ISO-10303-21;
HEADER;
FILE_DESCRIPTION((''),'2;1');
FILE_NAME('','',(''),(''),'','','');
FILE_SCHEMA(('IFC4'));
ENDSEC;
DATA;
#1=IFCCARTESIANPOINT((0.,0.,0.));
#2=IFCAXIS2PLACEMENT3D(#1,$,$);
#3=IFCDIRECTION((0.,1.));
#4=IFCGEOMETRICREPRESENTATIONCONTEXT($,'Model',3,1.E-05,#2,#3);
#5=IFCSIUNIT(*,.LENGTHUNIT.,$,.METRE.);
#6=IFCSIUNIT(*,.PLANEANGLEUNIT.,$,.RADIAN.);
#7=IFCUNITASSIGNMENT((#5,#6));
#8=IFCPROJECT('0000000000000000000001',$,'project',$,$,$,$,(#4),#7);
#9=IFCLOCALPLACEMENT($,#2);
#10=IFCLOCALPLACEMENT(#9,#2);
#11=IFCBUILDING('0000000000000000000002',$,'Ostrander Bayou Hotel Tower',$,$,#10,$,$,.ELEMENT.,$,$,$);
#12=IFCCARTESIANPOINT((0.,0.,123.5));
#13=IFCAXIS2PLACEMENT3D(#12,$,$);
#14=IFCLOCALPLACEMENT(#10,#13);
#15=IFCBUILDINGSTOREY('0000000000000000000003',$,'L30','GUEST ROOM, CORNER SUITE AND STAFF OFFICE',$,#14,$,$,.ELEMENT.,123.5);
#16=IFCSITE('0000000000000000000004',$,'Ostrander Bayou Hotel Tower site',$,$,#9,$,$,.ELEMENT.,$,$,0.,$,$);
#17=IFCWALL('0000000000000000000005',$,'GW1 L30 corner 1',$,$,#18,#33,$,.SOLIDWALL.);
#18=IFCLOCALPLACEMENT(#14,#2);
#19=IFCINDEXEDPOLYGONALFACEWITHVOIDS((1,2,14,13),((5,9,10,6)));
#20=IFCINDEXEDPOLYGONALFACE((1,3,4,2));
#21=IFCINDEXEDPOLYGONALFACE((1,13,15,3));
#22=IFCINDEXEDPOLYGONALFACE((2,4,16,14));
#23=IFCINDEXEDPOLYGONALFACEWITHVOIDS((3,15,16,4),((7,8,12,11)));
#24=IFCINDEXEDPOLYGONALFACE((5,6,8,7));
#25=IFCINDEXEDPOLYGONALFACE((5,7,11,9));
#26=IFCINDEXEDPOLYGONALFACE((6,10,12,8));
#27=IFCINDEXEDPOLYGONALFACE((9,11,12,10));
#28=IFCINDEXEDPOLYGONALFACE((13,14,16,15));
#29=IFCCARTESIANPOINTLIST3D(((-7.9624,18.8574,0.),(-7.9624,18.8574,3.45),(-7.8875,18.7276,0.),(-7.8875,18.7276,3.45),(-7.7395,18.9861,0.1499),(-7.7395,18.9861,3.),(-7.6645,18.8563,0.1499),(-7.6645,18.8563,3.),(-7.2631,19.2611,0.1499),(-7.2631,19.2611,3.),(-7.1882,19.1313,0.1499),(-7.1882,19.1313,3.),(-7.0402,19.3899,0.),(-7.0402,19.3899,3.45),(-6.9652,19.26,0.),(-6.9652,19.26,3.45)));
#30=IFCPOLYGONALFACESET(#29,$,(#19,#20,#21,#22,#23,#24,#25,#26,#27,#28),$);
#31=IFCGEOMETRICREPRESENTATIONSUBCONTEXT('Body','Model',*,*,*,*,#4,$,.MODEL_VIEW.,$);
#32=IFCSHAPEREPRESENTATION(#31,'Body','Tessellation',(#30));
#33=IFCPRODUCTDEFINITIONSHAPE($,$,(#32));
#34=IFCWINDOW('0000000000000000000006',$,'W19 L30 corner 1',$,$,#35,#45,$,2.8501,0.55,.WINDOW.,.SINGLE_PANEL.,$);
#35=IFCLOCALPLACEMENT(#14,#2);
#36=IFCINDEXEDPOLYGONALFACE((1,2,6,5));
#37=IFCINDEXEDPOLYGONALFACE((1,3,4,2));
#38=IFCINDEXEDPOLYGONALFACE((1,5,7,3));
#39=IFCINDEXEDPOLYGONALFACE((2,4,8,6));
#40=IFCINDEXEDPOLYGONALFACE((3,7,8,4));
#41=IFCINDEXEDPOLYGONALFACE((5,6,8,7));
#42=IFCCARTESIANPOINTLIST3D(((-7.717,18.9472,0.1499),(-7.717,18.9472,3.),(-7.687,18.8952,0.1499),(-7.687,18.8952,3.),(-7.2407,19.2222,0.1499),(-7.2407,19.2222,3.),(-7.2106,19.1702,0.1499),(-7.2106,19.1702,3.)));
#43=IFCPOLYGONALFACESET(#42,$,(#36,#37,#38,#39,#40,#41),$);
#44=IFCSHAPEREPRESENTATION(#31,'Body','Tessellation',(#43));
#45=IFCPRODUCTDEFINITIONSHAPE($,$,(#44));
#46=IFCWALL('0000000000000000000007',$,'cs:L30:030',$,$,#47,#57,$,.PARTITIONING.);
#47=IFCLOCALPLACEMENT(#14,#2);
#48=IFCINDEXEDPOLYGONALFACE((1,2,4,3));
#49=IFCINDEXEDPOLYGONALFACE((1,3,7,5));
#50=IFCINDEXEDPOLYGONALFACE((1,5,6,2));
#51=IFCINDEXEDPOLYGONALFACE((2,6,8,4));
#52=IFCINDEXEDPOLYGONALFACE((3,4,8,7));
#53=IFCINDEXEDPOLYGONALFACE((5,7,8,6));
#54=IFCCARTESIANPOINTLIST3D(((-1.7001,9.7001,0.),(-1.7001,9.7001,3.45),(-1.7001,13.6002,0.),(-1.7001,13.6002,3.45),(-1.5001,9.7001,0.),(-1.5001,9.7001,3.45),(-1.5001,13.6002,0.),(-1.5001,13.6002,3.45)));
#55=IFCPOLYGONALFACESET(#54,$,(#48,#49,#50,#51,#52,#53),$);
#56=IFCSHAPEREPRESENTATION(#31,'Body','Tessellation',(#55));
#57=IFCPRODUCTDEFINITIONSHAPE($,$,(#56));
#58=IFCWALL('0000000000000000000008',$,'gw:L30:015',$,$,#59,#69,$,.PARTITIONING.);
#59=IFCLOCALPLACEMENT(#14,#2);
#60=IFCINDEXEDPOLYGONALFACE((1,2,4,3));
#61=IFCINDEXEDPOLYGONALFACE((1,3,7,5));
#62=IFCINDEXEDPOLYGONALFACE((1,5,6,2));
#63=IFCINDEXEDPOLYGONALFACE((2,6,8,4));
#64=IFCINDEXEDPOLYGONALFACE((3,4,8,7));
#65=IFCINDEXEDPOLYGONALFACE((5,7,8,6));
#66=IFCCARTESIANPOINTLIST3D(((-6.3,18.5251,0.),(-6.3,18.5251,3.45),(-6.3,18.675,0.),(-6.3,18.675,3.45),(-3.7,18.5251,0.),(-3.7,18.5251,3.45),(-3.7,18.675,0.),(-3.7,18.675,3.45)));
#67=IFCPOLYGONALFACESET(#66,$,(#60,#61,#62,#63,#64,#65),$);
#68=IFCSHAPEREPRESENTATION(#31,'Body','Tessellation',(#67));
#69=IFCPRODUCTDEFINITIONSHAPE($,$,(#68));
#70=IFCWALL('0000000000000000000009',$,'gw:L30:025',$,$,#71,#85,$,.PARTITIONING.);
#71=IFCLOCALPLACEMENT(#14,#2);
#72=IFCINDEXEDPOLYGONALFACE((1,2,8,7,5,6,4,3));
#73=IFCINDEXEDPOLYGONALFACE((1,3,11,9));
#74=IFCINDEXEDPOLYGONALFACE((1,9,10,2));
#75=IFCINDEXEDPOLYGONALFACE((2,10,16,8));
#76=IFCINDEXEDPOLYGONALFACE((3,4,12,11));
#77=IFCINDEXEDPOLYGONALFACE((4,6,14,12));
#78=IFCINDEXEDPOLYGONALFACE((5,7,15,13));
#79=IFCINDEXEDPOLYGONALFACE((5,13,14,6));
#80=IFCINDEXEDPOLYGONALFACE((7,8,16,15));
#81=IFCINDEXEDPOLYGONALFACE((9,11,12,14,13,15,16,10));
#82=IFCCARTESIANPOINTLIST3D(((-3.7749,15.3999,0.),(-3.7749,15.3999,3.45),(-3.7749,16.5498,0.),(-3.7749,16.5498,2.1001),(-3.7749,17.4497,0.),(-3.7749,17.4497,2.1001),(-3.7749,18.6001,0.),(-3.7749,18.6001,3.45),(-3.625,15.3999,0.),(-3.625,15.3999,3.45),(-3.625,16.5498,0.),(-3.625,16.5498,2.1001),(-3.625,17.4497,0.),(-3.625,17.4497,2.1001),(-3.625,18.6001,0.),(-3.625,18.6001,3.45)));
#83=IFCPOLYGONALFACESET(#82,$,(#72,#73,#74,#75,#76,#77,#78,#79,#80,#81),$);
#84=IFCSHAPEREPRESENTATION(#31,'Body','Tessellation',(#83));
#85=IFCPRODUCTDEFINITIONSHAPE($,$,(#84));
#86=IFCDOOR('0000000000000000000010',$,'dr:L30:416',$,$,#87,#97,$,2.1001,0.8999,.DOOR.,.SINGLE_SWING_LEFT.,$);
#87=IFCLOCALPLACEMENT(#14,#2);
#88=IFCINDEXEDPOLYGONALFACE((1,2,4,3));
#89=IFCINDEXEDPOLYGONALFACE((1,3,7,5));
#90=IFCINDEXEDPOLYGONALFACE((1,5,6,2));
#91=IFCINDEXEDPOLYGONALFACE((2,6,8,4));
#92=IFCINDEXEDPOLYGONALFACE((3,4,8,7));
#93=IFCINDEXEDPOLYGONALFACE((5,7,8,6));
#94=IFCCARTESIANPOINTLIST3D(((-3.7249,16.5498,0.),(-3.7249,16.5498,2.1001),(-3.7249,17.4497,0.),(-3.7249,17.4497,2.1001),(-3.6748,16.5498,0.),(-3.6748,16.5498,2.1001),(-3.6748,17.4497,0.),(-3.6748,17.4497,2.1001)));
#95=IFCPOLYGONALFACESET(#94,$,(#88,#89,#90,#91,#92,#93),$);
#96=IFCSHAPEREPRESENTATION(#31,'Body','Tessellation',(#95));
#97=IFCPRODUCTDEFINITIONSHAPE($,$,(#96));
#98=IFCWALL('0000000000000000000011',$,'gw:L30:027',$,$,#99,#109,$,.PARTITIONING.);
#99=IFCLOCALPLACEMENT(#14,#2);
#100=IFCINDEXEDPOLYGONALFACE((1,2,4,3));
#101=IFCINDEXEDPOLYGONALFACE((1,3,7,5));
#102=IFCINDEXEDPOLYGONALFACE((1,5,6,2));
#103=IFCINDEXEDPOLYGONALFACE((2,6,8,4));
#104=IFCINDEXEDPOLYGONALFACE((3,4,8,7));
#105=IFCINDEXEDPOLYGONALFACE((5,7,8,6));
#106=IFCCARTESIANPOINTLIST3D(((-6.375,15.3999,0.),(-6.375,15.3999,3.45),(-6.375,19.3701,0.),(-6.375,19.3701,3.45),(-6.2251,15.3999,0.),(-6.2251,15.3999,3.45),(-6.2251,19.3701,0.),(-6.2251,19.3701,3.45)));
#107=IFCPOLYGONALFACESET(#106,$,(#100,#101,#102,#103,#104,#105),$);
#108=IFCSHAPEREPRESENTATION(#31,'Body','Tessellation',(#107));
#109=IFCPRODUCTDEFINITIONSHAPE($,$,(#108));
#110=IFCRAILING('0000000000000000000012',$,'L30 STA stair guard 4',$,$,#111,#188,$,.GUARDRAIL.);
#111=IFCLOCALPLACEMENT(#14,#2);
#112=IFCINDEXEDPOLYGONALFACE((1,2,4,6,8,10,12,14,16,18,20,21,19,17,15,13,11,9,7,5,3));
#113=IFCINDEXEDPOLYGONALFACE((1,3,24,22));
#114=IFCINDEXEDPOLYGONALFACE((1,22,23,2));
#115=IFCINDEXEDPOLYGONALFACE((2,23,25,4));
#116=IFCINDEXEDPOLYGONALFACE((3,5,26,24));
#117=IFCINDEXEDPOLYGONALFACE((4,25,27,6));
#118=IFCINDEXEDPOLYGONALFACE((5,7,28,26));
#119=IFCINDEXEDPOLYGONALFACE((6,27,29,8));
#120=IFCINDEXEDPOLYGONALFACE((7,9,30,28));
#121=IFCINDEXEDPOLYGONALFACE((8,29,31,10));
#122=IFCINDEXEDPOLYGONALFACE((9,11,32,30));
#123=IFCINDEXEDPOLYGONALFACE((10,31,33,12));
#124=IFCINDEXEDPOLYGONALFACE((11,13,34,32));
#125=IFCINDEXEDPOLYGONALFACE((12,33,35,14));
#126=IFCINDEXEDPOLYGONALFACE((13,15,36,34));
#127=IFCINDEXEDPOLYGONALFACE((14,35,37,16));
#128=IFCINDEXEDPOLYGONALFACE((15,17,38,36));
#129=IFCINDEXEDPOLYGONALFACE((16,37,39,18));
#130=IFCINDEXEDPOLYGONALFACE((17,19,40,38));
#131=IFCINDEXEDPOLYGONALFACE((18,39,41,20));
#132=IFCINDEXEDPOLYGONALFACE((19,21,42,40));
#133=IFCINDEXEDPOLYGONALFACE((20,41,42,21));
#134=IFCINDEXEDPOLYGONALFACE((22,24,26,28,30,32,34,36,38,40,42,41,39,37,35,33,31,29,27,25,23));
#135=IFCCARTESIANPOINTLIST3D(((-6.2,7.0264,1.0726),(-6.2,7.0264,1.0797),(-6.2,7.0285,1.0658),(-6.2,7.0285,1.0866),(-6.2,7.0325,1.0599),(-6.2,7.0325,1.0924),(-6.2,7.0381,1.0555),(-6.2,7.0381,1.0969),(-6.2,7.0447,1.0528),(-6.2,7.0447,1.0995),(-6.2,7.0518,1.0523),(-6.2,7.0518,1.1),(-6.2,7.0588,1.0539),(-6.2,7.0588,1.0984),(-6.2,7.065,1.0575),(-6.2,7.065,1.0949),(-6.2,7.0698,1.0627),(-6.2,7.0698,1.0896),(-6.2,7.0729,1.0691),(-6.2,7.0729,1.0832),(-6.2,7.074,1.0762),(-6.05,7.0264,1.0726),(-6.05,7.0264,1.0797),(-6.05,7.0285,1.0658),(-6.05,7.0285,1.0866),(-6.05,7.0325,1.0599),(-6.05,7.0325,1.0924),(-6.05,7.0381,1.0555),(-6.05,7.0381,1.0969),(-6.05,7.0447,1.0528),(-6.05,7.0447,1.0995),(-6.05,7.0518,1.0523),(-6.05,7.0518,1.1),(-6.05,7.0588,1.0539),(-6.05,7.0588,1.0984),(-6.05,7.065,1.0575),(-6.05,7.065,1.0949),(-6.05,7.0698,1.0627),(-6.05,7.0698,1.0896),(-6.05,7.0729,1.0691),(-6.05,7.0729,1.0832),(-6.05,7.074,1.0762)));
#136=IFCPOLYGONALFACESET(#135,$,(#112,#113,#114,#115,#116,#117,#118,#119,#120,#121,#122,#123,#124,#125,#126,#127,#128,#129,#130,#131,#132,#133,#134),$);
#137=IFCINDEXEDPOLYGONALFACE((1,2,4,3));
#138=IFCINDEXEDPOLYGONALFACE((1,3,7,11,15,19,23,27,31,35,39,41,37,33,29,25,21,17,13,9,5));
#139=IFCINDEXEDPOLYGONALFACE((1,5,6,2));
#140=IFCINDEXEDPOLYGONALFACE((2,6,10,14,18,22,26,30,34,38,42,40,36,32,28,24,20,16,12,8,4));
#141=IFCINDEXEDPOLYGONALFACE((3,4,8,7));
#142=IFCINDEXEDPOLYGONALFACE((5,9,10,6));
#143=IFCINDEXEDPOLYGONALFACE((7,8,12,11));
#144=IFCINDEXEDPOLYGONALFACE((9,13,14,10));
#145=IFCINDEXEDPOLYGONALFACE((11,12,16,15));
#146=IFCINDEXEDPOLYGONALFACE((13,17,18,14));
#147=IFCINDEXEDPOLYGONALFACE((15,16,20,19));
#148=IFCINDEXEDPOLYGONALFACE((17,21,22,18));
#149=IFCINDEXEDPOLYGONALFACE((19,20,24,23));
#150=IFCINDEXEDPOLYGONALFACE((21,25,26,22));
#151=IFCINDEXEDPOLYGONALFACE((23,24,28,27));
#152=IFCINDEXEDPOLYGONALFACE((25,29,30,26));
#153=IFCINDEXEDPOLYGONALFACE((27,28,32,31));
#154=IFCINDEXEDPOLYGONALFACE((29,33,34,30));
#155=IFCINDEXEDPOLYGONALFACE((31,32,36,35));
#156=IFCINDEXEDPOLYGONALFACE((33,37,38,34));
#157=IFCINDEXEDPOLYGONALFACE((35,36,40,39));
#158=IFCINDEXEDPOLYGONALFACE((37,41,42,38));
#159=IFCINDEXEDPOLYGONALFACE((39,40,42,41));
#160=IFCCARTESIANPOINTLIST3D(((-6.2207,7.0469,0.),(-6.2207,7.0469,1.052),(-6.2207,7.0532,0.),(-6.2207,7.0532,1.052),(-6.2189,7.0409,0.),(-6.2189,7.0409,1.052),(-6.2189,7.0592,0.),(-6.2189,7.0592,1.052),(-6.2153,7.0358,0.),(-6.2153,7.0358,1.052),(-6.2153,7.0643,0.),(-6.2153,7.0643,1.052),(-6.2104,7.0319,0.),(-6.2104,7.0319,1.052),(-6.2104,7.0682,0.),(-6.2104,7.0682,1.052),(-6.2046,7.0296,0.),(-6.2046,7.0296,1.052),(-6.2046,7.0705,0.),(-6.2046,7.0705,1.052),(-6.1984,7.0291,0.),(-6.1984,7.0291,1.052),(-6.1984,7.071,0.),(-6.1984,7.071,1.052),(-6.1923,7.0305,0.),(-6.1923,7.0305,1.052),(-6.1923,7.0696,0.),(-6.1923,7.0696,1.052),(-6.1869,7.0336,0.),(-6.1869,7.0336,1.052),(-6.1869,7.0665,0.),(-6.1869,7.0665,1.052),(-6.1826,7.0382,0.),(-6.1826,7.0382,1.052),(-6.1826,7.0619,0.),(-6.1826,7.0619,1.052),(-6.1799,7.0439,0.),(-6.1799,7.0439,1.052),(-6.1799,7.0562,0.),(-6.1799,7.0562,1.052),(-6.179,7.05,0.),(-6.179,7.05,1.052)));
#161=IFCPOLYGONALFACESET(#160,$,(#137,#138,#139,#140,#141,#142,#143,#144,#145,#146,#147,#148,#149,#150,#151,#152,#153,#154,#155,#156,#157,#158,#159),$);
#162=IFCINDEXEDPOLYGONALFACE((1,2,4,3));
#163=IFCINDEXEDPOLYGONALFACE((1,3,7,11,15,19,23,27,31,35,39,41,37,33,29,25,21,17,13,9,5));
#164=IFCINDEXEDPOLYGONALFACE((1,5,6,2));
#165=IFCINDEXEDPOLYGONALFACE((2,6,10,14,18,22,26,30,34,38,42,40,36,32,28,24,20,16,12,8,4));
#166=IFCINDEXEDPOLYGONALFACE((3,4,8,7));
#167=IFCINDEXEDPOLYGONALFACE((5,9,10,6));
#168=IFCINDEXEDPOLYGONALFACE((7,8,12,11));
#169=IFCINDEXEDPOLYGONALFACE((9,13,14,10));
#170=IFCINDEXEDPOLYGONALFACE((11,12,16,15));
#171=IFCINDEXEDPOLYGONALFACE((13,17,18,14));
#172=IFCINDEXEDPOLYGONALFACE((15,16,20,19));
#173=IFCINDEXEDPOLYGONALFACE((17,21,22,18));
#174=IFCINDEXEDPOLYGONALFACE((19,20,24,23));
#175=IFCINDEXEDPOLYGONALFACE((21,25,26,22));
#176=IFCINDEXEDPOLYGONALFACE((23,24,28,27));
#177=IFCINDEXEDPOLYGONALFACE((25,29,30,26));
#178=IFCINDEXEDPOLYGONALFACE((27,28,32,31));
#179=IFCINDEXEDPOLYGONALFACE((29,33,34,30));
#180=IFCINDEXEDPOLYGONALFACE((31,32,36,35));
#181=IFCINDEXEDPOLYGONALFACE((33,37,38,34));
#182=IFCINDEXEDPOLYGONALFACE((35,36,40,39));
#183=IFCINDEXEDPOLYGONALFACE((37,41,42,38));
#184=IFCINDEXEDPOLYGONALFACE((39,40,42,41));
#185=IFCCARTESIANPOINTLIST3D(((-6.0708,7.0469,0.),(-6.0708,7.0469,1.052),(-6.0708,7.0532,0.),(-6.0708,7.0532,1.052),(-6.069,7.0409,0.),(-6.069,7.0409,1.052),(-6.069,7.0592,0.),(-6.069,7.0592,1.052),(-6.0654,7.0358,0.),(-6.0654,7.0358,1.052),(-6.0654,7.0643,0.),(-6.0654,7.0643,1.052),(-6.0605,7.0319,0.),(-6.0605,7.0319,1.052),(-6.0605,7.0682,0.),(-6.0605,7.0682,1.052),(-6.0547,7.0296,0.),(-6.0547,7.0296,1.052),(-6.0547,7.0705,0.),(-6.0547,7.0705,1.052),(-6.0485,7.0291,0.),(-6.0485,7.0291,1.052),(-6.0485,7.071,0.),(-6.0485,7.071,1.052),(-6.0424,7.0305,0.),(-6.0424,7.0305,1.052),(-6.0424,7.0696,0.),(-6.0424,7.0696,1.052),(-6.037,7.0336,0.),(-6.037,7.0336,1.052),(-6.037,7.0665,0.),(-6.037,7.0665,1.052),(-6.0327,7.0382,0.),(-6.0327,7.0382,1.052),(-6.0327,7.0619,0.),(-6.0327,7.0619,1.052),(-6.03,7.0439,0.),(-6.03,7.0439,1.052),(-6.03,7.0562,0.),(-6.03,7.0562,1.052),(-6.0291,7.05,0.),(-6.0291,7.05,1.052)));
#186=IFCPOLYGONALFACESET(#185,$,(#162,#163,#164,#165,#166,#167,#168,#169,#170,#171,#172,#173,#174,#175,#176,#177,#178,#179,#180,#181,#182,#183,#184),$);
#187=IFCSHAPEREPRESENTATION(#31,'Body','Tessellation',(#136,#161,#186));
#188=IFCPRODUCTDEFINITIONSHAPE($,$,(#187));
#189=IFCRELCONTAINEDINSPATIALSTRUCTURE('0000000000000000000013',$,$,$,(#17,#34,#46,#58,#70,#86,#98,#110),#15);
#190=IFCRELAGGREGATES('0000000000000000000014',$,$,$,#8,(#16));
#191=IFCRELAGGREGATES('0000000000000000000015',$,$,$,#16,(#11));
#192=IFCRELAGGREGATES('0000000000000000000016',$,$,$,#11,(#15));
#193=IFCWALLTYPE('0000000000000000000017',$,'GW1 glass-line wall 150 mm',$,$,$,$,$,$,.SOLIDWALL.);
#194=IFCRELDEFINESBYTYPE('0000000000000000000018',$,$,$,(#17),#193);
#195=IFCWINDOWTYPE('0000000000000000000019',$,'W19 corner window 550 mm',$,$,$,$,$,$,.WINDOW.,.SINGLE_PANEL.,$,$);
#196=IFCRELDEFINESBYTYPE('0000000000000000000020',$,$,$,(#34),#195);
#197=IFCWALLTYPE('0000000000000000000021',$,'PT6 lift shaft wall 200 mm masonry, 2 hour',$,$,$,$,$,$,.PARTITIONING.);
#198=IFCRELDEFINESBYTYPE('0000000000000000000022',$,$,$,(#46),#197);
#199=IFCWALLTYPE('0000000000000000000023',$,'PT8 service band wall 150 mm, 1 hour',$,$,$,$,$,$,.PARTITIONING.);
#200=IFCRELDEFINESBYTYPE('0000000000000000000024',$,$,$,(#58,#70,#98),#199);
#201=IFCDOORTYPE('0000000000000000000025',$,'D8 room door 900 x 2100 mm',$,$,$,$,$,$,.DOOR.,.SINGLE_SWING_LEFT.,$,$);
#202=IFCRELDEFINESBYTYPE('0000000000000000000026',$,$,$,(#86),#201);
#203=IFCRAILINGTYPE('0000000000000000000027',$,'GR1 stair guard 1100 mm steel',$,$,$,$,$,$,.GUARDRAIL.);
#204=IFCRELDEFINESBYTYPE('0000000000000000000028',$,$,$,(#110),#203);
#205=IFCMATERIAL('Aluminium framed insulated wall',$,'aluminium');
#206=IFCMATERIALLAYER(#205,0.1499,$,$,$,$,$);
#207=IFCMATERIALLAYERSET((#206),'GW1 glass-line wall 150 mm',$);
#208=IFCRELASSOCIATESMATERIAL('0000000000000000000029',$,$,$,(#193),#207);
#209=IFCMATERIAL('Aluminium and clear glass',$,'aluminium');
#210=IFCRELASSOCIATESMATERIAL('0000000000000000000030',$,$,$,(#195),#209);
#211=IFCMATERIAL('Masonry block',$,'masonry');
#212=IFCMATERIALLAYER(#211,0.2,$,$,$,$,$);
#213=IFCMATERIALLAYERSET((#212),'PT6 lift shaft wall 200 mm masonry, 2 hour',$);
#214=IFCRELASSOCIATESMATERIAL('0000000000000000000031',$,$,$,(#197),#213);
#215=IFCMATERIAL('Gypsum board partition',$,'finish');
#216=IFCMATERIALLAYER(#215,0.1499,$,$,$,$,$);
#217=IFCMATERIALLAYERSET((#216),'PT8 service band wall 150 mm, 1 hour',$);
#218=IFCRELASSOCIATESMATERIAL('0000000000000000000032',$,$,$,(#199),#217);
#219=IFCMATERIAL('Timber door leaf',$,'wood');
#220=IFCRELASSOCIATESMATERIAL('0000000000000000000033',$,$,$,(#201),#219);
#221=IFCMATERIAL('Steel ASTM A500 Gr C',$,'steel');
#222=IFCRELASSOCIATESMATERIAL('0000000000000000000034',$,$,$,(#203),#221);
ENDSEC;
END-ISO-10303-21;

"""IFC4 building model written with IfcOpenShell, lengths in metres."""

from ifc_helpers import new_model, si_unit, direction, frame, frame_2d, origin, origin_2d, place, context, subcontext, project, spatial, rectangle, circle, extrude, material, layer, layer_set, type_object, element, fill, save


model = new_model("IFC4")

# Units and contexts
model_context = context("Model", 3, precision=1e-05, world=origin(), true_north=direction((0.0, 1.0)))
body_context = subcontext(model_context, "Body", "Model", "MODEL_VIEW")
ifc_project = project(units=[si_unit("LENGTHUNIT", "METRE"), si_unit("PLANEANGLEUNIT", "RADIAN")], contexts=[model_context])

# Site, building, storey
site_placement = place(None, origin())
site = spatial("IfcSite", under=ifc_project, at=site_placement, Name="Ostrander Bayou Hotel Tower site", CompositionType="ELEMENT", RefElevation=0.0)
building_placement = place(site_placement, origin())
building = spatial("IfcBuilding", under=site, at=building_placement, Name="Ostrander Bayou Hotel Tower", CompositionType="ELEMENT")
storey_placement = place(building_placement, frame((0.0, 0.0, 123.5)))
storey = spatial("IfcBuildingStorey", under=building, at=storey_placement, Name="L30", Description="GUEST ROOM, CORNER SUITE AND STAFF OFFICE", CompositionType="ELEMENT", Elevation=123.5)

# Shared definitions
ifc_material_1 = material(Name="Aluminium framed insulated wall", Category="aluminium")
ifc_layer_1 = layer(ifc_material_1, 0.1499)
ifc_layer_set_1 = layer_set([ifc_layer_1], Name="GW1 glass-line wall 150 mm")
wall_type_1 = type_object("IfcWallType", Name="GW1 glass-line wall 150 mm", PredefinedType="SOLIDWALL", material=ifc_layer_set_1)

# Wall, opening, window
wall_1_placement = place(storey_placement, frame((-7.0027, 19.325, 0.0), z_axis=(0.0, 0.0, 1.0), x_axis=(-0.866048, -0.499961, 0.0)))
wall_1 = element("IfcWall", 1, at=wall_1_placement, inside=storey, type_object=wall_type_1, Name="GW1 L30 corner 1", PredefinedType="SOLIDWALL", context=body_context, shape_type="SweptSolid", body=[
    extrude(rectangle(XDim=1.0649, YDim=0.1499, at=frame_2d((0.5325, 0.0))), origin(), (0.0, 0.0, 1.0), 3.45),
])
opening_1_placement = place(wall_1_placement, frame((0.2576, 0.0, 0.1499)))
opening_1 = element("IfcOpeningElement", 2, at=opening_1_placement, cuts=wall_1, PredefinedType="OPENING", context=body_context, shape_type="SweptSolid", body=[
    extrude(rectangle(XDim=0.55, YDim=2.8501, at=frame_2d((0.2749, 1.425))), frame((0.0, 0.075, 0.0), z_axis=(0.0, -1.0, 0.0), x_axis=(1.0, 0.0, 0.0)), (0.0, 0.0, 1.0), 0.1499),
])
ifc_material_2 = material(Name="Aluminium and clear glass", Category="aluminium")
window_type_1 = type_object("IfcWindowType", Name="W19 corner window 550 mm", PartitioningType="SINGLE_PANEL", PredefinedType="WINDOW", material=ifc_material_2)
window_1_placement = place(opening_1_placement, origin())
window_1 = element("IfcWindow", 3, at=window_1_placement, inside=storey, type_object=window_type_1, Name="W19 L30 corner 1", OverallHeight=2.8501, OverallWidth=0.55, PartitioningType="SINGLE_PANEL", PredefinedType="WINDOW", context=body_context, shape_type="SweptSolid", body=[
    extrude(rectangle(XDim=0.55, YDim=2.8501, at=frame_2d((0.2749, 1.425))), frame((0.0, 0.03, 0.0), z_axis=(0.0, -1.0, 0.0), x_axis=(1.0, 0.0, 0.0)), (0.0, 0.0, 1.0), 0.0601),
])
fill(opening_1, window_1)

# Walls
ifc_material_3 = material(Name="Masonry block", Category="masonry")
ifc_layer_2 = layer(ifc_material_3, 0.2)
ifc_layer_set_2 = layer_set([ifc_layer_2], Name="PT6 lift shaft wall 200 mm masonry, 2 hour")
wall_type_2 = type_object("IfcWallType", Name="PT6 lift shaft wall 200 mm masonry, 2 hour", PredefinedType="PARTITIONING", material=ifc_layer_set_2)
wall_2_placement = place(storey_placement, frame((-1.6001, 9.7, 0.0), z_axis=(0.0, 0.0, 1.0), x_axis=(0.0, 1.0, 0.0)))
element("IfcWall", 4, at=wall_2_placement, inside=storey, type_object=wall_type_2, Name="cs:L30:030", PredefinedType="PARTITIONING", context=body_context, shape_type="SweptSolid", body=[
    extrude(rectangle(XDim=3.9001, YDim=0.2, at=frame_2d((1.9502, 0.0))), origin(), (0.0, 0.0, 1.0), 3.45),
])
ifc_material_4 = material(Name="Gypsum board partition", Category="finish")
ifc_layer_3 = layer(ifc_material_4, 0.1499)
ifc_layer_set_3 = layer_set([ifc_layer_3], Name="PT8 service band wall 150 mm, 1 hour")
wall_type_3 = type_object("IfcWallType", Name="PT8 service band wall 150 mm, 1 hour", PredefinedType="PARTITIONING", material=ifc_layer_set_3)
wall_3_placement = place(storey_placement, frame((-6.3, 18.6001, 0.0), z_axis=(0.0, 0.0, 1.0), x_axis=(1.0, 0.0, 0.0)))
element("IfcWall", 5, at=wall_3_placement, inside=storey, type_object=wall_type_3, Name="gw:L30:015", PredefinedType="PARTITIONING", context=body_context, shape_type="SweptSolid", body=[
    extrude(rectangle(XDim=2.6001, YDim=0.1499, at=frame_2d((1.3, 0.0))), origin(), (0.0, 0.0, 1.0), 3.45),
])

# Wall, opening, door
wall_4_placement = place(storey_placement, frame((-3.7, 15.3999, 0.0), z_axis=(0.0, 0.0, 1.0), x_axis=(0.0, 1.0, 0.0)))
wall_4 = element("IfcWall", 6, at=wall_4_placement, inside=storey, type_object=wall_type_3, Name="gw:L30:025", PredefinedType="PARTITIONING", context=body_context, shape_type="SweptSolid", body=[
    extrude(rectangle(XDim=3.2002, YDim=0.1499, at=frame_2d((1.6001, 0.0))), origin(), (0.0, 0.0, 1.0), 3.45),
])
opening_2_placement = place(wall_4_placement, frame((1.1499, 0.0, 0.0)))
opening_2 = element("IfcOpeningElement", 7, at=opening_2_placement, cuts=wall_4, PredefinedType="OPENING", context=body_context, shape_type="SweptSolid", body=[
    extrude(rectangle(XDim=0.8999, YDim=2.1001, at=frame_2d((0.45, 1.05))), frame((0.0, 0.075, 0.0), z_axis=(0.0, -1.0, 0.0), x_axis=(1.0, 0.0, 0.0)), (0.0, 0.0, 1.0), 0.1499),
])
ifc_material_5 = material(Name="Timber door leaf", Category="wood")
door_type_1 = type_object("IfcDoorType", Name="D8 room door 900 x 2100 mm", OperationType="SINGLE_SWING_LEFT", PredefinedType="DOOR", material=ifc_material_5)
door_1_placement = place(opening_2_placement, origin())
door_1 = element("IfcDoor", 8, at=door_1_placement, inside=storey, type_object=door_type_1, Name="dr:L30:416", OperationType="SINGLE_SWING_LEFT", OverallHeight=2.1001, OverallWidth=0.8999, PredefinedType="DOOR", context=body_context, shape_type="SweptSolid", body=[
    extrude(rectangle(XDim=0.8999, YDim=2.1001, at=frame_2d((0.45, 1.05))), frame((0.0, 0.0249, 0.0), z_axis=(0.0, -1.0, 0.0), x_axis=(1.0, 0.0, 0.0)), (0.0, 0.0, 1.0), 0.05),
])
fill(opening_2, door_1)

# Wall
wall_5_placement = place(storey_placement, frame((-6.3, 15.3999, 0.0), z_axis=(0.0, 0.0, 1.0), x_axis=(0.0, 1.0, 0.0)))
element("IfcWall", 9, at=wall_5_placement, inside=storey, type_object=wall_type_3, Name="gw:L30:027", PredefinedType="PARTITIONING", context=body_context, shape_type="SweptSolid", body=[
    extrude(rectangle(XDim=3.9702, YDim=0.1499, at=frame_2d((1.9851, 0.0))), origin(), (0.0, 0.0, 1.0), 3.45),
])

# Railing
ifc_material_6 = material(Name="Steel ASTM A500 Gr C", Category="steel")
railing_type = type_object("IfcRailingType", Name="GR1 stair guard 1100 mm steel", PredefinedType="GUARDRAIL", material=ifc_material_6)
railing_placement = place(storey_placement, frame((-6.2, 7.05, 0.0)))
element("IfcRailing", 10, at=railing_placement, inside=storey, type_object=railing_type, Name="L30 STA stair guard 4", PredefinedType="GUARDRAIL", context=body_context, shape_type="SweptSolid", body=[
    extrude(circle(Radius=0.0239, at=origin_2d()), frame((0.0, 0.0, 1.0762), z_axis=(1.0, 0.0, 0.0), x_axis=(0.0, 1.0, 0.0)), (0.0, 0.0, 1.0), 0.1499),
    extrude(circle(Radius=0.021, at=origin_2d()), origin(), (0.0, 0.0, 1.0), 1.052),
    extrude(circle(Radius=0.021, at=origin_2d()), frame((0.1499, 0.0, 0.0)), (0.0, 0.0, 1.0), 1.052),
])

save(model, "model.ifc")
